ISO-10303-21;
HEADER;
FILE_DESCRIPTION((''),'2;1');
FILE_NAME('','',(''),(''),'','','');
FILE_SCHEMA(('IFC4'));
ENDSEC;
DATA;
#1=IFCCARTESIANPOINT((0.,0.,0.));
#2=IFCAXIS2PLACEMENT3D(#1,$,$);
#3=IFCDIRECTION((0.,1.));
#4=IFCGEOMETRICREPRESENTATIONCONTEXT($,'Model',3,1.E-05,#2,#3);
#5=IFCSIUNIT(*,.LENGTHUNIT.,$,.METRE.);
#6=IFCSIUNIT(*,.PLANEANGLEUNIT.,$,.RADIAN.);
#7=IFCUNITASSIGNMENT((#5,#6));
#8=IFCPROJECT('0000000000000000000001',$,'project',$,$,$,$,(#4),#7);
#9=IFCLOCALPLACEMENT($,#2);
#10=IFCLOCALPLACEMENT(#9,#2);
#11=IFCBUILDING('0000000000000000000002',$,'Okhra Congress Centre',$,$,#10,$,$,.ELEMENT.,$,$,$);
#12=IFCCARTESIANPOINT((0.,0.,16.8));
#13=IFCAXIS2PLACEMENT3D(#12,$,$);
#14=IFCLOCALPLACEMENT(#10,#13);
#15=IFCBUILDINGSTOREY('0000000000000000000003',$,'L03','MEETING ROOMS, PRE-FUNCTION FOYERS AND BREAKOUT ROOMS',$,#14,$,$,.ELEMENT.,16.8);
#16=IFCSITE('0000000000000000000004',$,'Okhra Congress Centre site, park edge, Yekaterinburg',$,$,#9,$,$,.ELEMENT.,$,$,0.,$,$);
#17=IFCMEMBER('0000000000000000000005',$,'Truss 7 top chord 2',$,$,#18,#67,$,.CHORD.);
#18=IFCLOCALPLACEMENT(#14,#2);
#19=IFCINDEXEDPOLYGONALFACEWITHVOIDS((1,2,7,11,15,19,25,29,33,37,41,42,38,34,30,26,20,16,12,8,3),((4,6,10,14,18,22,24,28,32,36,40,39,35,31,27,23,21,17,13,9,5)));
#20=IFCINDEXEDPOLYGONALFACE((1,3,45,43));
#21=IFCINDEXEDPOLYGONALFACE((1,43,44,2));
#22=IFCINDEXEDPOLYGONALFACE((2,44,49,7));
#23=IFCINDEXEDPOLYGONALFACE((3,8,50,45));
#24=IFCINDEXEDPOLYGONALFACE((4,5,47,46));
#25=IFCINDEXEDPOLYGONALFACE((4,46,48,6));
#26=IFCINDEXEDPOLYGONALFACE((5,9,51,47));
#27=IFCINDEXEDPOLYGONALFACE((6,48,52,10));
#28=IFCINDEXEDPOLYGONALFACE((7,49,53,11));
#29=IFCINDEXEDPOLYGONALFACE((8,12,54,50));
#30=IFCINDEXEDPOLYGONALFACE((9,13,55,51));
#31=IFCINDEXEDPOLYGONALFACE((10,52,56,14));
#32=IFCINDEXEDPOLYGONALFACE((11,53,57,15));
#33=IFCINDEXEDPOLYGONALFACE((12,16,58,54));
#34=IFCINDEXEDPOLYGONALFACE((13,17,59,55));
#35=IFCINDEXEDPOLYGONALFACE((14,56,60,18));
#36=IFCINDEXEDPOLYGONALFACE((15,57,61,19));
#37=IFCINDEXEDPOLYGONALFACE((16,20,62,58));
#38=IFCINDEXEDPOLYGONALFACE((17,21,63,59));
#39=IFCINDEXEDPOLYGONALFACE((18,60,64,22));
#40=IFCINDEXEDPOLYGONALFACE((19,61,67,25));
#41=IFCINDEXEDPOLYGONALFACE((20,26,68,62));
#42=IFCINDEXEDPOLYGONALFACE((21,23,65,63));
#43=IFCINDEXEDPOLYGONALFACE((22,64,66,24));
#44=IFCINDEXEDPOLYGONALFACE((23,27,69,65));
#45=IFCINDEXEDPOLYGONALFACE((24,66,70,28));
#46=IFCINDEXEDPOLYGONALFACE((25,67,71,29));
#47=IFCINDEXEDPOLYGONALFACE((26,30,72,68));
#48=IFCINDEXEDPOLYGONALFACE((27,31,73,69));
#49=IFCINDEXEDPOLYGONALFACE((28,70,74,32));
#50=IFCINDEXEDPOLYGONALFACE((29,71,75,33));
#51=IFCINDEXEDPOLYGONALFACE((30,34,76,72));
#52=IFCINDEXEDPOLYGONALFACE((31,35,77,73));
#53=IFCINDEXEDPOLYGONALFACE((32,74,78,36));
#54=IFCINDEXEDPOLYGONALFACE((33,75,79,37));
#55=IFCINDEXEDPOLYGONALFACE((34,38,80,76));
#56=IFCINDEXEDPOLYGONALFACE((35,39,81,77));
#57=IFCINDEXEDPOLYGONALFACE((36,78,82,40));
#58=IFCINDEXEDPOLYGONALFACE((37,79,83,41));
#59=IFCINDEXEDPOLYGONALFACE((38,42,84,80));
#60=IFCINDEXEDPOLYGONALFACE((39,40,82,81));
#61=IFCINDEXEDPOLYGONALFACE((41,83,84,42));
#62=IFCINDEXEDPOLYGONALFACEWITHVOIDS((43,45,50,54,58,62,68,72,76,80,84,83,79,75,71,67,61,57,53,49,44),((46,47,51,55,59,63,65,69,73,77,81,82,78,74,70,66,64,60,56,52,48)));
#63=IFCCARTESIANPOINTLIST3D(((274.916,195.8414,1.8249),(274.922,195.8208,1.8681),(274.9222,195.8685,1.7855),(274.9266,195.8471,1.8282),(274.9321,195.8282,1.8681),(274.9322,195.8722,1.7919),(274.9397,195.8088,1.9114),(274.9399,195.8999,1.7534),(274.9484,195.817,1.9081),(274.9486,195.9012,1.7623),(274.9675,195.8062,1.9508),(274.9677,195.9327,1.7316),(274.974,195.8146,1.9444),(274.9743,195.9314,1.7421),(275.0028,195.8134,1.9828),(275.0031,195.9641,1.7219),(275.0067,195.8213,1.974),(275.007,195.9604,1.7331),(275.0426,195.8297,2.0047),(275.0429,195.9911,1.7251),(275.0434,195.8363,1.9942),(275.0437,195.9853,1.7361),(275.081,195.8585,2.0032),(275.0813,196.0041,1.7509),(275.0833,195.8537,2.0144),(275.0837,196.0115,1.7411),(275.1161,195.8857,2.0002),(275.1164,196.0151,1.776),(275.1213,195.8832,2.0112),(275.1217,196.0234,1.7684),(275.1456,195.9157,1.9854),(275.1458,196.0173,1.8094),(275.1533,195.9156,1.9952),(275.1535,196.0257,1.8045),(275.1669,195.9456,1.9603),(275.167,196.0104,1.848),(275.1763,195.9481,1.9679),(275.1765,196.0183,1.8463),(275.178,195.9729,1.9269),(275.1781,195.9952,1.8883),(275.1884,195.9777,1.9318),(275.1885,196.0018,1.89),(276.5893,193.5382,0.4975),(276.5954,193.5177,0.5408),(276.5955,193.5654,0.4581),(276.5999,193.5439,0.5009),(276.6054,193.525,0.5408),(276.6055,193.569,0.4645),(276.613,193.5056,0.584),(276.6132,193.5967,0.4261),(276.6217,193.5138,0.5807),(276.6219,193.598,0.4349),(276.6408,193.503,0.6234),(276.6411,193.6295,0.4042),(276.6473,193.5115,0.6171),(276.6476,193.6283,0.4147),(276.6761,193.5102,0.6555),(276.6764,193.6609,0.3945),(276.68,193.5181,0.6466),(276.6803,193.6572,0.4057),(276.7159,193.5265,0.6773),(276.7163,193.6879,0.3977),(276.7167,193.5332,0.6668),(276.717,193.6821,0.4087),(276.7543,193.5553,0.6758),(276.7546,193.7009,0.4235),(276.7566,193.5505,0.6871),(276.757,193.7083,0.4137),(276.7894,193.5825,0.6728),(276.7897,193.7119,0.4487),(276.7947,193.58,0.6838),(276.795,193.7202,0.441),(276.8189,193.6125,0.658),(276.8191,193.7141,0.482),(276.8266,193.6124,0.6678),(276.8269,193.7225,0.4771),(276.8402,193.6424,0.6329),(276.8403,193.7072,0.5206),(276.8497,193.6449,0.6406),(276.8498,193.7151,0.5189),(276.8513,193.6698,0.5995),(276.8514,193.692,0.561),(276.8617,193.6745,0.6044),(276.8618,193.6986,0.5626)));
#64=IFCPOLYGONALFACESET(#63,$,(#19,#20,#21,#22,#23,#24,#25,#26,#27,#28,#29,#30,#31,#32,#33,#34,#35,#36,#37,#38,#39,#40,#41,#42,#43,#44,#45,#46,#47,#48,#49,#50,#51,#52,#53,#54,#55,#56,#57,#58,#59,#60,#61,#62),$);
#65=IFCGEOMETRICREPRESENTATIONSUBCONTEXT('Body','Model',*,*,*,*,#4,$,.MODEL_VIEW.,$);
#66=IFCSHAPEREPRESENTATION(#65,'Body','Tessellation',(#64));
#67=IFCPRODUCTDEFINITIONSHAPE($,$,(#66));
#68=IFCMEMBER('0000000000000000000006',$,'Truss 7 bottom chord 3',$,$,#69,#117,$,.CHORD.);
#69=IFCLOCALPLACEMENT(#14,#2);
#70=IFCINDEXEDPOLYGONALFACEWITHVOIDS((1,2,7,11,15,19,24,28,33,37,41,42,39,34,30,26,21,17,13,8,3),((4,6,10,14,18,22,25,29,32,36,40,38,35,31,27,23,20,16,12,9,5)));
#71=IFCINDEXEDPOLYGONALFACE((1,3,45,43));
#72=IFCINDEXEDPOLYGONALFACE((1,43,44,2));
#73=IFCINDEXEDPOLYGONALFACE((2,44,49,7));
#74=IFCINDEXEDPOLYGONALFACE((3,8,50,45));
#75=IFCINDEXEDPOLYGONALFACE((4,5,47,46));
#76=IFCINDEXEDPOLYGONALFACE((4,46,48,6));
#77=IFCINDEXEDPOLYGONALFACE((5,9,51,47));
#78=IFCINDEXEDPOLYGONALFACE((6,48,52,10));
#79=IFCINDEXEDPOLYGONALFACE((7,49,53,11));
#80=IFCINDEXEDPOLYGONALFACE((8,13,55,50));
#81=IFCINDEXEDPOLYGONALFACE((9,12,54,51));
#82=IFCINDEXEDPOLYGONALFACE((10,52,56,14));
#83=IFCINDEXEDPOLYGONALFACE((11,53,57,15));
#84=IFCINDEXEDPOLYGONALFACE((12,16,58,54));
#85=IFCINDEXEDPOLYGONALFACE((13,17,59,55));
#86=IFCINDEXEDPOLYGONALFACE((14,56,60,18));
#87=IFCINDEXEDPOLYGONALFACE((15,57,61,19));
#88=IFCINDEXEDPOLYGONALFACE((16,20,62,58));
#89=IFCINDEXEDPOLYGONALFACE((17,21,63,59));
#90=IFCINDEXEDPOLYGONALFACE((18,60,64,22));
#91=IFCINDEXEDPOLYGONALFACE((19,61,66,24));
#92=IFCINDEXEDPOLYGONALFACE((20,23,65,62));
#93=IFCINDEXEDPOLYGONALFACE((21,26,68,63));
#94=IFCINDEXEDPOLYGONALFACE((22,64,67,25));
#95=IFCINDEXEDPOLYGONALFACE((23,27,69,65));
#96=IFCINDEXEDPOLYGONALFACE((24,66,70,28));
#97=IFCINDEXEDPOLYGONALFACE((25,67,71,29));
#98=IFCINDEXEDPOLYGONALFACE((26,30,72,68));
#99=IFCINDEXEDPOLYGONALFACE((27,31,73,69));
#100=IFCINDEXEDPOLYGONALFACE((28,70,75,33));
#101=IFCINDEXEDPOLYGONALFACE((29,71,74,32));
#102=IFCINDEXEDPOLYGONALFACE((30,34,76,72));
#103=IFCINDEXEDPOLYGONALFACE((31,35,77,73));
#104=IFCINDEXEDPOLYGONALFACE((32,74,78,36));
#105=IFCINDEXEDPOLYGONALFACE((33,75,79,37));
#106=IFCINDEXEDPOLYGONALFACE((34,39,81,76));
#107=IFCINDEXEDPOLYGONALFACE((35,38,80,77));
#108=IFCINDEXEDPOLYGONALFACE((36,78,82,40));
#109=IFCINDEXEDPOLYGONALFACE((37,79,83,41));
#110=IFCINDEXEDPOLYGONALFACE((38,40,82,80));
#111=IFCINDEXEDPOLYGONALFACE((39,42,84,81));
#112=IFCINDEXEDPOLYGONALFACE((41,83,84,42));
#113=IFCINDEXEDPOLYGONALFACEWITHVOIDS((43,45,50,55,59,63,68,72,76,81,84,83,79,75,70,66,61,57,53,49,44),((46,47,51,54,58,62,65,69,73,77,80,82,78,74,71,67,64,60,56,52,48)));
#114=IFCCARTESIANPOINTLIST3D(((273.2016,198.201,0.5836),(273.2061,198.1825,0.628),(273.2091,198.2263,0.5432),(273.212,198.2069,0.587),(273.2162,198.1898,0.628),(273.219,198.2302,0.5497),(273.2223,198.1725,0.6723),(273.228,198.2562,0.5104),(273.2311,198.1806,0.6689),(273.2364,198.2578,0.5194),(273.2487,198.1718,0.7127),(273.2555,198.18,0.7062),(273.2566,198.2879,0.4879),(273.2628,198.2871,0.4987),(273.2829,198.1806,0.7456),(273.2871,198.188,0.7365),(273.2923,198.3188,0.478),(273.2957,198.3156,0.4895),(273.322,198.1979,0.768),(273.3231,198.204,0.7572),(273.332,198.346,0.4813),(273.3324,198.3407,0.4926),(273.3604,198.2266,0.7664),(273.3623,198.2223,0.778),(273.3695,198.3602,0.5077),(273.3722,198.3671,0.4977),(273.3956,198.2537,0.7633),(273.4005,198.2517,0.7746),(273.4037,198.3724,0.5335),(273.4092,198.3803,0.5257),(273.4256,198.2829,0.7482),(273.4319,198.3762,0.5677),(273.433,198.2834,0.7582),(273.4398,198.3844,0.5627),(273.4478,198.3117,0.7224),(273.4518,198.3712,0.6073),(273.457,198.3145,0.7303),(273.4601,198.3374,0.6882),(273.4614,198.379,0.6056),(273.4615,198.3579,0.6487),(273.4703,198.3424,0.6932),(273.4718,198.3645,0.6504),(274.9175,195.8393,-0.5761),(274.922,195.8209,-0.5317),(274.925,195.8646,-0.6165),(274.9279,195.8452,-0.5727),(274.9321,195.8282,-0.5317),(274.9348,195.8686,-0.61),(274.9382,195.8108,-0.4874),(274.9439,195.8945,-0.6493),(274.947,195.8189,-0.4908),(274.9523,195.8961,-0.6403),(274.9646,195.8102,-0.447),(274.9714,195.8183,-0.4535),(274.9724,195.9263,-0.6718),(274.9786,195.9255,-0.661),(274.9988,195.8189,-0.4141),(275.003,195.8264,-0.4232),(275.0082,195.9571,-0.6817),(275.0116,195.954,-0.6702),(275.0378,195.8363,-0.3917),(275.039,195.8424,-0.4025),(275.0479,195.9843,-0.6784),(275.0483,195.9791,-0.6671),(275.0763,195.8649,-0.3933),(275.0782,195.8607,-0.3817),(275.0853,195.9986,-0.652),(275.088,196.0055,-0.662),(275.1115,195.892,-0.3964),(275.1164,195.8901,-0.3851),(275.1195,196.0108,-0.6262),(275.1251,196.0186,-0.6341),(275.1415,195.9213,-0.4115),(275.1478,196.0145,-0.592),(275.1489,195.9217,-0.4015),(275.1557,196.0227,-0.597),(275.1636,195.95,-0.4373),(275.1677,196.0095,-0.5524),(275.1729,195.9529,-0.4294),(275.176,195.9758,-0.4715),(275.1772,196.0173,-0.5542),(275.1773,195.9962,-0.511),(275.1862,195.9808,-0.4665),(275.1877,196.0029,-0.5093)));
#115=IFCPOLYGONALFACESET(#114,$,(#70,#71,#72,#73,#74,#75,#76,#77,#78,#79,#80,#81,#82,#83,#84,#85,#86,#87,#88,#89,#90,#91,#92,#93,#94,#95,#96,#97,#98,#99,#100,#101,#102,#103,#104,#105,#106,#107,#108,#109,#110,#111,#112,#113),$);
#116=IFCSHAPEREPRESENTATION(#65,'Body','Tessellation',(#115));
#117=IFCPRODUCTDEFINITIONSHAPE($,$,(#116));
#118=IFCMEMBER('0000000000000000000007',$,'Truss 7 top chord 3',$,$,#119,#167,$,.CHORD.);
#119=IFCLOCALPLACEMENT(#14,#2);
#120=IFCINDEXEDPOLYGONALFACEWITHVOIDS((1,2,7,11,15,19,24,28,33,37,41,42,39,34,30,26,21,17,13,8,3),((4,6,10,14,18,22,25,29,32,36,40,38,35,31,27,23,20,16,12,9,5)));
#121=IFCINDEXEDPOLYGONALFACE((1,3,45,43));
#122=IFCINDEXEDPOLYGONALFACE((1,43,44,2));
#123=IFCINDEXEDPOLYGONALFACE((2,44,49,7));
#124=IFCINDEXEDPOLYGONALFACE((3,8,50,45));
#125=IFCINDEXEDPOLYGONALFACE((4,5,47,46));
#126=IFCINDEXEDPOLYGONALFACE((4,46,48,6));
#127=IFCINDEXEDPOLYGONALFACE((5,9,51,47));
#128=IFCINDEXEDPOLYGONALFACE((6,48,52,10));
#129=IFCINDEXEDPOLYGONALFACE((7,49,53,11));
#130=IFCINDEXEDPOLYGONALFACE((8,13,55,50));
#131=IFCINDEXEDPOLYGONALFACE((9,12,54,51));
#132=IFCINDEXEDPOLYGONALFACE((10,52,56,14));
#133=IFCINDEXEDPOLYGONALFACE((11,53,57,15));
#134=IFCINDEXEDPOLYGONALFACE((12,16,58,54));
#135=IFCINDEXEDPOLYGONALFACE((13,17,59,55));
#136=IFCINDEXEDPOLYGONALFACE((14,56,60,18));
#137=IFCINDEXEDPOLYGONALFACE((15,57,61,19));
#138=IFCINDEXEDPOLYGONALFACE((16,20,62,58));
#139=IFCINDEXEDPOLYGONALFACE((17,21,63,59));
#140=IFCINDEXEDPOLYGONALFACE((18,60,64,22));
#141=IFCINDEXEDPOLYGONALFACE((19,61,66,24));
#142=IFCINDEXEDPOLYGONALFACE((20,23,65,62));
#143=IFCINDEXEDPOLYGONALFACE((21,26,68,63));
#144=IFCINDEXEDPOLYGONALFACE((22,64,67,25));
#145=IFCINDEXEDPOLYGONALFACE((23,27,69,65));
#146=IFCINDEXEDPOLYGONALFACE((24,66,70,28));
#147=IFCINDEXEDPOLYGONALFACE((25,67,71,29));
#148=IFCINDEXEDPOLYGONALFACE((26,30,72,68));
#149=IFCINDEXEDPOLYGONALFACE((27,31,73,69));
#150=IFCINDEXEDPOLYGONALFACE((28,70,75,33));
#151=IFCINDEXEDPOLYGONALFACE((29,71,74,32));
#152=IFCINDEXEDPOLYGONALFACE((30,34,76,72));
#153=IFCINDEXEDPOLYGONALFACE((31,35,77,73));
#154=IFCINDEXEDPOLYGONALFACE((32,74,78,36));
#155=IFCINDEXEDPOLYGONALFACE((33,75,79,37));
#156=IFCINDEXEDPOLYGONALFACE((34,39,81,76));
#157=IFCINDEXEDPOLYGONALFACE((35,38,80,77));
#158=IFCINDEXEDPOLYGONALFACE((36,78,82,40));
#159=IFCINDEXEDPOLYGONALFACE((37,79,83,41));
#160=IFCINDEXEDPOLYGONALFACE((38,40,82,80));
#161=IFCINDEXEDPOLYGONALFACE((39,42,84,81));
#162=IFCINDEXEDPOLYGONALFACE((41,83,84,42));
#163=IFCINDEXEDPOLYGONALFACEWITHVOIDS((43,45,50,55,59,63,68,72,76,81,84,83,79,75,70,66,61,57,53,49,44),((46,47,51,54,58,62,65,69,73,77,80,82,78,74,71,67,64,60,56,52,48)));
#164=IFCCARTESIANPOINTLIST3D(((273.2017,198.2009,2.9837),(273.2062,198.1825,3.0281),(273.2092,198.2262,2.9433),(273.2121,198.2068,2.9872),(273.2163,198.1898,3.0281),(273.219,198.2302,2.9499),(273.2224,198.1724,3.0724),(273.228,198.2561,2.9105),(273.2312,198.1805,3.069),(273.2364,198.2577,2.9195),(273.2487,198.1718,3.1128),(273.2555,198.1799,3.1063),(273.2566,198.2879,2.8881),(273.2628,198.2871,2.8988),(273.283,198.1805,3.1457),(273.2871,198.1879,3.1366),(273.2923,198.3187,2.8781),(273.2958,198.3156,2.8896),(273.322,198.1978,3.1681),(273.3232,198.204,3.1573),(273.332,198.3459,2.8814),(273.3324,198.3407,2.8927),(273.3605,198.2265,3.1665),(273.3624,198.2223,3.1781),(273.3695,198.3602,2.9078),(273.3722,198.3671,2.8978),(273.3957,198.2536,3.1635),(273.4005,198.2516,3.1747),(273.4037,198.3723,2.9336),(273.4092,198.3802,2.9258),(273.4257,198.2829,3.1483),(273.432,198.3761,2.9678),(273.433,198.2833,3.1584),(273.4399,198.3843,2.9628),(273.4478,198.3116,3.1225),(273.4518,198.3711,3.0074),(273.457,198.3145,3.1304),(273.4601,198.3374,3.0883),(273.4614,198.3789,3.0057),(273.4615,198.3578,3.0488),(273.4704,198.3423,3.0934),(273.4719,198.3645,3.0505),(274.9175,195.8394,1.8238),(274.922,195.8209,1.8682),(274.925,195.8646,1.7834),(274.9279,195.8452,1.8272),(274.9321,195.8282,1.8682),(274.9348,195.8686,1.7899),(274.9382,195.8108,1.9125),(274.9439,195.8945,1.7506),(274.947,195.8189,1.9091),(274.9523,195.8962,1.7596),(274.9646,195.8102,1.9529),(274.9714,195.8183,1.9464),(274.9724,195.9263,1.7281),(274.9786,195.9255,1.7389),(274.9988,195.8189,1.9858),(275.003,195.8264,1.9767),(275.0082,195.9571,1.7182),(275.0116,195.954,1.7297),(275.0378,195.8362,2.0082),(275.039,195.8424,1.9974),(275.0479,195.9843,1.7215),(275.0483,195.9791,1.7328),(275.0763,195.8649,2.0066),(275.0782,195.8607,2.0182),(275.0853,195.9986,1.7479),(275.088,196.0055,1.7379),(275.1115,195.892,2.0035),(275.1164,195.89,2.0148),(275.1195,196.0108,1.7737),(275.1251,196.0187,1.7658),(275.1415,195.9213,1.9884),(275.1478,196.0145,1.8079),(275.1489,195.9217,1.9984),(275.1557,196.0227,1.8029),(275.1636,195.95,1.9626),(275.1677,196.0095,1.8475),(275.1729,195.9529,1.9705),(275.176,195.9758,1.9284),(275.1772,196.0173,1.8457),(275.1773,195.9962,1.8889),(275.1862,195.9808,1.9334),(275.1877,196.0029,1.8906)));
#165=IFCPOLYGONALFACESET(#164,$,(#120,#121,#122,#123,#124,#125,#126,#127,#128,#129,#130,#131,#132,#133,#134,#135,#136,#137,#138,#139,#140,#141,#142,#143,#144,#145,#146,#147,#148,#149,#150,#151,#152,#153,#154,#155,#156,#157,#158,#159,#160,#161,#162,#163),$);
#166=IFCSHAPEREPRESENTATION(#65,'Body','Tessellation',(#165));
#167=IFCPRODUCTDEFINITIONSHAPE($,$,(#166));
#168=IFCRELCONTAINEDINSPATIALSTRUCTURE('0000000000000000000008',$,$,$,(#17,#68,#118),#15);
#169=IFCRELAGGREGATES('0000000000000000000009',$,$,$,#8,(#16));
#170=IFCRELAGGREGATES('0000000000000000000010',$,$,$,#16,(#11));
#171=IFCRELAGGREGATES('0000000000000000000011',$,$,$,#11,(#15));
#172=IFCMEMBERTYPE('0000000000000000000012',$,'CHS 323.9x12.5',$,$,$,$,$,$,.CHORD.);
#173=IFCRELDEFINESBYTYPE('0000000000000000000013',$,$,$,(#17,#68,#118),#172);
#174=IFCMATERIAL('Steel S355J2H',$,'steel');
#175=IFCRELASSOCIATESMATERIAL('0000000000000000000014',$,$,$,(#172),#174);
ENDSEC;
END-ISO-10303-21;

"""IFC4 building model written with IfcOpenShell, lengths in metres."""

from ifc_helpers import new_model, si_unit, direction, frame, origin, origin_2d, place, context, subcontext, project, spatial, hollow_circle, extrude, material, material_profile, profile_set, type_object, element, save


model = new_model("IFC4")

# Units and contexts
model_context = context("Model", 3, precision=1e-05, world=origin(), true_north=direction((0.0, 1.0)))
body_context = subcontext(model_context, "Body", "Model", "MODEL_VIEW")
ifc_project = project(units=[si_unit("LENGTHUNIT", "METRE"), si_unit("PLANEANGLEUNIT", "RADIAN")], contexts=[model_context])

# Site, building, storey
site_placement = place(None, origin())
site = spatial("IfcSite", under=ifc_project, at=site_placement, Name="Okhra Congress Centre site, park edge, Yekaterinburg", CompositionType="ELEMENT", RefElevation=0.0)
building_placement = place(site_placement, origin())
building = spatial("IfcBuilding", under=site, at=building_placement, Name="Okhra Congress Centre", CompositionType="ELEMENT")
storey_placement = place(building_placement, frame((0.0, 0.0, 16.8)))
storey = spatial("IfcBuildingStorey", under=building, at=storey_placement, Name="L03", Description="MEETING ROOMS, PRE-FUNCTION FOYERS AND BREAKOUT ROOMS", CompositionType="ELEMENT", Elevation=16.8)

# Members
ifc_material_1 = material(Name="Steel S355J2H", Category="steel")
ifc_material_profile_1 = material_profile(ifc_material_1, hollow_circle(Radius=0.1619, WallThickness=0.0125, at=origin_2d()), Name="CHS 323.9x12.5")
ifc_profile_set_1 = profile_set([ifc_material_profile_1], Name="Steel S355J2H")
member_type_1 = type_object("IfcMemberType", Name="CHS 323.9x12.5", PredefinedType="CHORD", material=ifc_profile_set_1)
for number, where, z_axis, x_axis, name in (
    (1, (276.7263, 193.6128, 0.5408), (-0.532714, 0.73324, 0.422581), (-0.809025, -0.587774, 0.0), "Truss 7 top chord 2"),
    (2, (275.053, 195.916, -0.5317), (-0.546265, 0.751853, 0.369203), (-0.809011, -0.587794, 0.0), "Truss 7 bottom chord 3"),
    (3, (275.053, 195.916, 1.8682), (-0.54625, 0.751832, 0.36927), (-0.809011, -0.587794, 0.0), "Truss 7 top chord 3"),
):
    element("IfcMember", number, at=place(storey_placement, frame(where, z_axis=z_axis, x_axis=x_axis)), inside=storey, type_object=member_type_1, Name=name, PredefinedType="CHORD", context=body_context, shape_type="SweptSolid", body=[
        extrude(hollow_circle(Radius=0.1619, WallThickness=0.0125, at=origin_2d()), origin(), (0.0, 0.0, 1.0), 3.1411),
    ])

save(model, "model.ifc")
